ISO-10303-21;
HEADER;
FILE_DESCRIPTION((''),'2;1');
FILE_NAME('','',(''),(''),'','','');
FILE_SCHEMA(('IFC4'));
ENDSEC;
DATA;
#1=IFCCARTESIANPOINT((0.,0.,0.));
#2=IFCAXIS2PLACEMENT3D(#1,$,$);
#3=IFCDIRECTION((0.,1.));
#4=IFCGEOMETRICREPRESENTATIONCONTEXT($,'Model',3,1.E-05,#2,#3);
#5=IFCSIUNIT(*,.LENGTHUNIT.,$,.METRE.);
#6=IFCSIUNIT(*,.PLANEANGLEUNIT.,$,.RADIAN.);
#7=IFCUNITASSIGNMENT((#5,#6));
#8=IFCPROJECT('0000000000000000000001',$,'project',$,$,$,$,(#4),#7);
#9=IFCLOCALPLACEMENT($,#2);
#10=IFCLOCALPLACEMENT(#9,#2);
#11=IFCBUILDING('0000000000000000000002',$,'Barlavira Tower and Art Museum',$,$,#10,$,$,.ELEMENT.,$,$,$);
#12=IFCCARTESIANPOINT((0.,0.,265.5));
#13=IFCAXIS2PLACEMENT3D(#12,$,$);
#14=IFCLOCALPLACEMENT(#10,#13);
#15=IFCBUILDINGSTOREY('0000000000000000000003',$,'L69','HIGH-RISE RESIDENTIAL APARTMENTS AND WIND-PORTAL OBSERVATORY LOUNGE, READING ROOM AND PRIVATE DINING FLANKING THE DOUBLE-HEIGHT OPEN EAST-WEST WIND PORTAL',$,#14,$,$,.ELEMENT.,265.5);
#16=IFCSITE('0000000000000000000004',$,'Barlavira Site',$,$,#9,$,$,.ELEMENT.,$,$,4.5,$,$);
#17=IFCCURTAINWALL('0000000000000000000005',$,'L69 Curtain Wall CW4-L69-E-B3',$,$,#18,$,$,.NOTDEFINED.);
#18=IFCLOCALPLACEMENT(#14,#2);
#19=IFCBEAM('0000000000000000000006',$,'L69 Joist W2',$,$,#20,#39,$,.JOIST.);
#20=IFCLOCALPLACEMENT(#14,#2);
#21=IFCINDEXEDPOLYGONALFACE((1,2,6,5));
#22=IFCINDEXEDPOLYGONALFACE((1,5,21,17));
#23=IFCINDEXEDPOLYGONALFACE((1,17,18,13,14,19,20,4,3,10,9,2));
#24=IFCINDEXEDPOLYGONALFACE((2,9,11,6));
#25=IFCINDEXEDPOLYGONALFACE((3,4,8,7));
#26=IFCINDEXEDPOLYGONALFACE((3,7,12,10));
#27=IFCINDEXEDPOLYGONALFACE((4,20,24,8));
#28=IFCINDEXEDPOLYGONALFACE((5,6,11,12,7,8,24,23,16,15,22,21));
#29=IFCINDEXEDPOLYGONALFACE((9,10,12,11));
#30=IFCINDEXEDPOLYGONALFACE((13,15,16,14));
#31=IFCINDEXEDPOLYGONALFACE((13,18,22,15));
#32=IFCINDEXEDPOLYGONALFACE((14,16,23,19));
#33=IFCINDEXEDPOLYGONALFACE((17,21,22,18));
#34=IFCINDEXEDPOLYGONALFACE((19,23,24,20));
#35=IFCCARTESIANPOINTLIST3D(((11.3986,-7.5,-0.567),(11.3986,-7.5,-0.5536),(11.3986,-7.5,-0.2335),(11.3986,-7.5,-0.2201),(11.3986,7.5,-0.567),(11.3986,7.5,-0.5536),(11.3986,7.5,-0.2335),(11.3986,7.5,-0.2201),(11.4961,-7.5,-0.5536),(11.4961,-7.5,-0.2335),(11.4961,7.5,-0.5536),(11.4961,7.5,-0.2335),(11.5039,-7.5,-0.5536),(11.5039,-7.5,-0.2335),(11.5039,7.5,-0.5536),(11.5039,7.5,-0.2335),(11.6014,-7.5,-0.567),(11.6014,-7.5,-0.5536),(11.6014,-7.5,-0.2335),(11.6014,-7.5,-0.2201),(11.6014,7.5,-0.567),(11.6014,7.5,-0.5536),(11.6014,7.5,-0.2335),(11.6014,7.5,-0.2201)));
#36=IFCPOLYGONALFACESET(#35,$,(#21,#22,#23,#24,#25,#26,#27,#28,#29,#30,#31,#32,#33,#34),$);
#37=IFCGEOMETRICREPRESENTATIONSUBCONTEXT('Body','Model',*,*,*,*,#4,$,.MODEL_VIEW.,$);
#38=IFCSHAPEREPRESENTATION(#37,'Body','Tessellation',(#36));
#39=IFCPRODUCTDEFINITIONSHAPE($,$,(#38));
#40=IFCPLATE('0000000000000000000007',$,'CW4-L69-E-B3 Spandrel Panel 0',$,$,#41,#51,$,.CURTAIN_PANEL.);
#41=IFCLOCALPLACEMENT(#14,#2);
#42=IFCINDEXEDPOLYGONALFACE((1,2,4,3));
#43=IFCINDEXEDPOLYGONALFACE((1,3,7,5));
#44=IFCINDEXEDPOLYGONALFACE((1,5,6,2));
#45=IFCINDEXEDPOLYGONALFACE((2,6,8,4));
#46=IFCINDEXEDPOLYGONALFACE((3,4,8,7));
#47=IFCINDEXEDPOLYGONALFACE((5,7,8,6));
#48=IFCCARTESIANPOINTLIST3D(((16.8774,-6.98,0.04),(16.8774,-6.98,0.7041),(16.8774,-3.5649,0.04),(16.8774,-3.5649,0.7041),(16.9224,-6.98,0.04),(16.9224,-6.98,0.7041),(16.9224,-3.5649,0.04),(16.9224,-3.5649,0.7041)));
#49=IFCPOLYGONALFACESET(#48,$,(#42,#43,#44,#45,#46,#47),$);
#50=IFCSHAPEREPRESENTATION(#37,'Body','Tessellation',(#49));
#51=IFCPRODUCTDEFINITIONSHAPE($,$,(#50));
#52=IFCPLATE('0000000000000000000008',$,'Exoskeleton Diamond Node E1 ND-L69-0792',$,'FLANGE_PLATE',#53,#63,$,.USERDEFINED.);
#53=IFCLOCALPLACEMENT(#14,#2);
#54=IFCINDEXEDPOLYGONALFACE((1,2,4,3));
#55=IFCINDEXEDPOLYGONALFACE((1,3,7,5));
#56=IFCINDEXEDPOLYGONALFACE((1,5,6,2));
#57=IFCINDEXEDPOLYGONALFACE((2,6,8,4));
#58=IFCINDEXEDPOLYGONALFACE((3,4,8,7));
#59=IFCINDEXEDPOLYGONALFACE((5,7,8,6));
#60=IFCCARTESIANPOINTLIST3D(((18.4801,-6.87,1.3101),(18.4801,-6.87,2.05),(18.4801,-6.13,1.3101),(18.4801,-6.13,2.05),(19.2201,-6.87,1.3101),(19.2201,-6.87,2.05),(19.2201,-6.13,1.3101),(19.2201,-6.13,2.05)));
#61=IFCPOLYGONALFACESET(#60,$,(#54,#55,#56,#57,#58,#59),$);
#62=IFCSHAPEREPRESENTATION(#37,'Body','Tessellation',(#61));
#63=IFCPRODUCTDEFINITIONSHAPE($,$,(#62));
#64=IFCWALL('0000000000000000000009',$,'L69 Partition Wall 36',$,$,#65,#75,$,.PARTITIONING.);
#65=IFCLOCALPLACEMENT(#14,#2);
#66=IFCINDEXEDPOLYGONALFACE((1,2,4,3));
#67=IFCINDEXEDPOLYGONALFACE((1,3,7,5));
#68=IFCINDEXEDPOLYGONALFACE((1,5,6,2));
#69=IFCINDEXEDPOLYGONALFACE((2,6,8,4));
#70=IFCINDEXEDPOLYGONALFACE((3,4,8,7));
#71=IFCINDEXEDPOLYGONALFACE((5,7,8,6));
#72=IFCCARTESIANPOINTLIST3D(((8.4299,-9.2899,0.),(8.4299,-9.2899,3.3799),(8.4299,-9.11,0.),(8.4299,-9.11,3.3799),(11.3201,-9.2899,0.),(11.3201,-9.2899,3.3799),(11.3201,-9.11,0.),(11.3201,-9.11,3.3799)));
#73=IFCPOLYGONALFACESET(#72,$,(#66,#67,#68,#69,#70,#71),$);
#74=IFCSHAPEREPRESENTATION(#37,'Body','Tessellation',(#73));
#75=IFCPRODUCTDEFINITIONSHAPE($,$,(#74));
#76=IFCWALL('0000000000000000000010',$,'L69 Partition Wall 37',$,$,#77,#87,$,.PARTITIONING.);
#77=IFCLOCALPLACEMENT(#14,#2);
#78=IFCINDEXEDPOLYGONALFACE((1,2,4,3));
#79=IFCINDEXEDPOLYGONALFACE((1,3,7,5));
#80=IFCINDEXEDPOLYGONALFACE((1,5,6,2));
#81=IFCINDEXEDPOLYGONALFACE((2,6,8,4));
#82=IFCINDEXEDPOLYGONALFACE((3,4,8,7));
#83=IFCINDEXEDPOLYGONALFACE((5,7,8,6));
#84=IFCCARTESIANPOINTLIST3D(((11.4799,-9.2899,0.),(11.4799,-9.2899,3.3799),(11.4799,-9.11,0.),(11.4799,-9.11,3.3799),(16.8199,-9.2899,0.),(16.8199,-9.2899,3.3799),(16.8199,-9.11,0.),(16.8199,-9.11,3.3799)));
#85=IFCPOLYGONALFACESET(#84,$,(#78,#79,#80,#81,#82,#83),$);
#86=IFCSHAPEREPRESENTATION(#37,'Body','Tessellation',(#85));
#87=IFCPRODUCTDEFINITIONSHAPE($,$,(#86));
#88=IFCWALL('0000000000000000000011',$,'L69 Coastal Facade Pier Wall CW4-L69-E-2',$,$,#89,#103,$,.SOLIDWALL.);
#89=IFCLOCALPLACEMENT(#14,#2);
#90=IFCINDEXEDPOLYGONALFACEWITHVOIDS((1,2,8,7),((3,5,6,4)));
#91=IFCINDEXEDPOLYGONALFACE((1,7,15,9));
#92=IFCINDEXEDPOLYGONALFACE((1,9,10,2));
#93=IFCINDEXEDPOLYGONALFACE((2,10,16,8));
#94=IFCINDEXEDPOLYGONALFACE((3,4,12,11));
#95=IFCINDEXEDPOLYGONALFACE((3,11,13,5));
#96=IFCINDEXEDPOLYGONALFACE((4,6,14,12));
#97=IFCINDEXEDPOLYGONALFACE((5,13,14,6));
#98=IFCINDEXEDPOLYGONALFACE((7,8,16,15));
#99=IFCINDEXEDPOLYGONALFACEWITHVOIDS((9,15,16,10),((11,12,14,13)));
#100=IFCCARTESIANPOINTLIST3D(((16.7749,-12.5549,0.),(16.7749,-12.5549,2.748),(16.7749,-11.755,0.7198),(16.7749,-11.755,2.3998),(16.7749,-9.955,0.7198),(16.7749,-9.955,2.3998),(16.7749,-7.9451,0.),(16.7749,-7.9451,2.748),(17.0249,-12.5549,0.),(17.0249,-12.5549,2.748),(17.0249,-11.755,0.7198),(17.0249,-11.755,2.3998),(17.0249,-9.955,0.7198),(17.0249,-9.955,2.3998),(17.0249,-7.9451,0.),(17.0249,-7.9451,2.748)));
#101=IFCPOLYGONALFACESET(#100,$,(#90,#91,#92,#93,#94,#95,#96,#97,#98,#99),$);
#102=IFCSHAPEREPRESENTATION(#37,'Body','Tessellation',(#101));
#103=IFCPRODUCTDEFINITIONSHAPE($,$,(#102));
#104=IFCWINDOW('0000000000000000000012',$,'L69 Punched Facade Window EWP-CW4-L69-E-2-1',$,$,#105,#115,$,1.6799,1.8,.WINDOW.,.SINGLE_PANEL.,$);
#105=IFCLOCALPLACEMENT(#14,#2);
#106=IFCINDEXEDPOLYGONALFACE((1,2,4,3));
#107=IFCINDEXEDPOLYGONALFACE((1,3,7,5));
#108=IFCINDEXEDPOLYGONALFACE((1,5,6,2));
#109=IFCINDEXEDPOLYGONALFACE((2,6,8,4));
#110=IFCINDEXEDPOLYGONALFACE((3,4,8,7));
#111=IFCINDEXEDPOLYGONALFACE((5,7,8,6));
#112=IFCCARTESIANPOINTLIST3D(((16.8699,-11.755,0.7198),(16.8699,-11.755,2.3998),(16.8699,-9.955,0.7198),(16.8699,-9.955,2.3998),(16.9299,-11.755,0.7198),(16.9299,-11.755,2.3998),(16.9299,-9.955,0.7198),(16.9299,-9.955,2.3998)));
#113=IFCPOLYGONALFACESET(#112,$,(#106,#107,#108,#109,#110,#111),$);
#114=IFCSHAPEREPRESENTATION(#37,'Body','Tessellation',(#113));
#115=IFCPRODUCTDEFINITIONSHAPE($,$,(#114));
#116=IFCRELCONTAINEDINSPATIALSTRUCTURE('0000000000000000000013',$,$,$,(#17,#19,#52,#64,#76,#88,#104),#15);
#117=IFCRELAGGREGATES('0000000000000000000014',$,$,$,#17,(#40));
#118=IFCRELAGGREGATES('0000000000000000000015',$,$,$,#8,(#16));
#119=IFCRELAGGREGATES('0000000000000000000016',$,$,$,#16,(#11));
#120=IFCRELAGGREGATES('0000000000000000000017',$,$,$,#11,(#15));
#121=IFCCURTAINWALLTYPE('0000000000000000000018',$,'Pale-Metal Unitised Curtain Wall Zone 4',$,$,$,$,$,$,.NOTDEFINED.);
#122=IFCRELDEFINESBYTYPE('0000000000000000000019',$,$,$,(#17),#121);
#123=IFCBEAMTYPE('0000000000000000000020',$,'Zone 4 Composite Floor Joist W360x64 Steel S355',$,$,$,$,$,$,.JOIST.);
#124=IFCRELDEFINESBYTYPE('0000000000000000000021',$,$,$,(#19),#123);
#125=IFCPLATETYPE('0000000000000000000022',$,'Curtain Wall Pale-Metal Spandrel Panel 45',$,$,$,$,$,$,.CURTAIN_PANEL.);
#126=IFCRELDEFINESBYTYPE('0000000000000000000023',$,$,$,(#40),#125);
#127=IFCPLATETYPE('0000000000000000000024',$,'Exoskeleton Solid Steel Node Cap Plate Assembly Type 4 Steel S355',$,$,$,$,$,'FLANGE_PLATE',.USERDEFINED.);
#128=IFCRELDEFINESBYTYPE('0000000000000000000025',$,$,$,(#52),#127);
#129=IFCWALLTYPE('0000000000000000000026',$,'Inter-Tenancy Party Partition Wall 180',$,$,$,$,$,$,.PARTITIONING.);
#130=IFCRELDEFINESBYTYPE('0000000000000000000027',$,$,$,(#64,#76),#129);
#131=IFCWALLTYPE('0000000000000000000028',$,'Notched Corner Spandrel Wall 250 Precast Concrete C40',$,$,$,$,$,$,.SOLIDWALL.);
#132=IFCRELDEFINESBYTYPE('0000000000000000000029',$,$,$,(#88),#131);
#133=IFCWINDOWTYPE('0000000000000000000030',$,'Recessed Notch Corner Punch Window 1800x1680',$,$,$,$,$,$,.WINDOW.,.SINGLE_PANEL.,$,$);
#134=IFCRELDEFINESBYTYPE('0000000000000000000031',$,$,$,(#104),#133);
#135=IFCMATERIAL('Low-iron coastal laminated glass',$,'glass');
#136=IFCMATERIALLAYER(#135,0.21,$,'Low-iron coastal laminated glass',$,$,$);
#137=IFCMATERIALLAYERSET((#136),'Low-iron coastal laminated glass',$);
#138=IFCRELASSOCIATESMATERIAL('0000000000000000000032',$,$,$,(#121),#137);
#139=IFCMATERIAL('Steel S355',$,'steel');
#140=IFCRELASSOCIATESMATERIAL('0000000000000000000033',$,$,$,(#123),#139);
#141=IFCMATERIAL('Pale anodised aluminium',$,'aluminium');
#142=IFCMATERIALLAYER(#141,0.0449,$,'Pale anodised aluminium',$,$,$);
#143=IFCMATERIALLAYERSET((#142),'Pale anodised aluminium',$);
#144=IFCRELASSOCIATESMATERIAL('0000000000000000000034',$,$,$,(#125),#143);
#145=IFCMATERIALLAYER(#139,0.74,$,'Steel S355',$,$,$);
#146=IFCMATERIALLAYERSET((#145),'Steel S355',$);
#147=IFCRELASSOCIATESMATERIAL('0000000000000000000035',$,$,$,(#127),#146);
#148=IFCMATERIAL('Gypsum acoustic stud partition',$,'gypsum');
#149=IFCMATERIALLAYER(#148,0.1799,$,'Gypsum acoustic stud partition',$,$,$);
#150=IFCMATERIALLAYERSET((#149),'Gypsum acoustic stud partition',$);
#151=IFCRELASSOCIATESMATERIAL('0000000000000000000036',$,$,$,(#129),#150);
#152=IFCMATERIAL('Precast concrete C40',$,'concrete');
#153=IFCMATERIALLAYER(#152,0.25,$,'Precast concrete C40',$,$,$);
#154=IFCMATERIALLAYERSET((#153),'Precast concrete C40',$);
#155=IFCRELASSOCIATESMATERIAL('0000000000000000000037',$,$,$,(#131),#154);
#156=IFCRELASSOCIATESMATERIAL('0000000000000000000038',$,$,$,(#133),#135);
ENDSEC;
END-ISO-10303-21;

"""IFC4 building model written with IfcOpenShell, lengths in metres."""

from ifc_helpers import new_model, si_unit, direction, frame, frame_2d, origin, origin_2d, place, context, subcontext, project, spatial, rectangle, i_section, extrude, material, layer, layer_set, material_profile, profile_set, type_object, element, fill, aggregate, save


model = new_model("IFC4")

# Units and contexts
model_context = context("Model", 3, precision=1e-05, world=origin(), true_north=direction((0.0, 1.0)))
body_context = subcontext(model_context, "Body", "Model", "MODEL_VIEW")
ifc_project = project(units=[si_unit("LENGTHUNIT", "METRE"), si_unit("PLANEANGLEUNIT", "RADIAN")], contexts=[model_context])

# Site, building, storey
site_placement = place(None, origin())
site = spatial("IfcSite", under=ifc_project, at=site_placement, Name="Barlavira Site", CompositionType="ELEMENT", RefElevation=4.5)
building_placement = place(site_placement, origin())
building = spatial("IfcBuilding", under=site, at=building_placement, Name="Barlavira Tower and Art Museum", CompositionType="ELEMENT")
storey_placement = place(building_placement, frame((0.0, 0.0, 265.5)))
storey = spatial("IfcBuildingStorey", under=building, at=storey_placement, Name="L69", Description="HIGH-RISE RESIDENTIAL APARTMENTS AND WIND-PORTAL OBSERVATORY LOUNGE, READING ROOM AND PRIVATE DINING FLANKING THE DOUBLE-HEIGHT OPEN EAST-WEST WIND PORTAL", CompositionType="ELEMENT", Elevation=265.5)

# Shared definitions
ifc_material_1 = material(Name="Steel S355", Category="steel")

# Curtain wall
ifc_material_2 = material(Name="Low-iron coastal laminated glass", Category="glass")
ifc_layer_1 = layer(ifc_material_2, 0.21, Name="Low-iron coastal laminated glass")
ifc_layer_set_1 = layer_set([ifc_layer_1], Name="Low-iron coastal laminated glass")
curtain_wall_type = type_object("IfcCurtainWallType", Name="Pale-Metal Unitised Curtain Wall Zone 4", PredefinedType="NOTDEFINED", material=ifc_layer_set_1)
curtain_wall_placement = place(storey_placement, origin())
curtain_wall = element("IfcCurtainWall", 1, at=curtain_wall_placement, inside=storey, type_object=curtain_wall_type, Name="L69 Curtain Wall CW4-L69-E-B3", PredefinedType="NOTDEFINED")
ifc_material_3 = material(Name="Pale anodised aluminium", Category="aluminium")

# Beam
ifc_material_profile_1 = material_profile(ifc_material_1, i_section(OverallWidth=0.2029, OverallDepth=0.3469, WebThickness=0.0078, FlangeThickness=0.0134, at=origin_2d()), Name="W360x64.0")
ifc_profile_set_1 = profile_set([ifc_material_profile_1], Name="Steel S355")
beam_type_1 = type_object("IfcBeamType", Name="Zone 4 Composite Floor Joist W360x64 Steel S355", PredefinedType="JOIST", material=ifc_profile_set_1)
beam_1_placement = place(storey_placement, frame((11.5, -7.5, -0.3936), z_axis=(0.0, 1.0, 0.0), x_axis=(-1.0, 0.0, 0.0)))
element("IfcBeam", 2, at=beam_1_placement, inside=storey, type_object=beam_type_1, Name="L69 Joist W2", PredefinedType="JOIST", context=body_context, shape_type="SweptSolid", body=[
    extrude(i_section(OverallWidth=0.2029, OverallDepth=0.3469, WebThickness=0.0078, FlangeThickness=0.0134, at=origin_2d()), origin(), (0.0, 0.0, 1.0), 15.0),
])

# Plates
ifc_layer_2 = layer(ifc_material_3, 0.0449, Name="Pale anodised aluminium")
ifc_layer_set_2 = layer_set([ifc_layer_2], Name="Pale anodised aluminium")
plate_type_1 = type_object("IfcPlateType", Name="Curtain Wall Pale-Metal Spandrel Panel 45", PredefinedType="CURTAIN_PANEL", material=ifc_layer_set_2)
plate_1_placement = place(storey_placement, frame((16.8999, -5.2725, 0.04), z_axis=(0.0, 0.0, 1.0), x_axis=(0.0, 1.0, 0.0)))
plate_1 = element("IfcPlate", 3, at=plate_1_placement, type_object=plate_type_1, Name="CW4-L69-E-B3 Spandrel Panel 0", PredefinedType="CURTAIN_PANEL", context=body_context, shape_type="SweptSolid", body=[
    extrude(rectangle(XDim=3.415, YDim=0.0449, at=origin_2d()), origin(), (0.0, 0.0, 1.0), 0.6641),
])
aggregate(curtain_wall, [plate_1])
ifc_layer_3 = layer(ifc_material_1, 0.74, Name="Steel S355")
ifc_layer_set_3 = layer_set([ifc_layer_3], Name="Steel S355")
plate_type_2 = type_object("IfcPlateType", Name="Exoskeleton Solid Steel Node Cap Plate Assembly Type 4 Steel S355", ElementType="FLANGE_PLATE", PredefinedType="USERDEFINED", material=ifc_layer_set_3)
plate_2_placement = place(storey_placement, frame((18.8501, -6.5, 1.3101), z_axis=(0.0, 0.0, 1.0), x_axis=(1.0, 0.0, 0.0)))
element("IfcPlate", 4, at=plate_2_placement, inside=storey, type_object=plate_type_2, Name="Exoskeleton Diamond Node E1 ND-L69-0792", ObjectType="FLANGE_PLATE", PredefinedType="USERDEFINED", context=body_context, shape_type="SweptSolid", body=[
    extrude(rectangle(XDim=0.74, YDim=0.74, at=origin_2d()), origin(), (0.0, 0.0, 1.0), 0.74),
])

# Shared definitions
ifc_material_4 = material(Name="Gypsum acoustic stud partition", Category="gypsum")
ifc_layer_4 = layer(ifc_material_4, 0.1799, Name="Gypsum acoustic stud partition")
ifc_layer_set_4 = layer_set([ifc_layer_4], Name="Gypsum acoustic stud partition")
wall_type_1 = type_object("IfcWallType", Name="Inter-Tenancy Party Partition Wall 180", PredefinedType="PARTITIONING", material=ifc_layer_set_4)

# Walls
wall_1_placement = place(storey_placement, frame((8.4299, -9.2, 0.0), z_axis=(0.0, 0.0, 1.0), x_axis=(1.0, 0.0, 0.0)))
element("IfcWall", 5, at=wall_1_placement, inside=storey, type_object=wall_type_1, Name="L69 Partition Wall 36", PredefinedType="PARTITIONING", context=body_context, shape_type="SweptSolid", body=[
    extrude(rectangle(XDim=2.8901, YDim=0.1799, at=frame_2d((1.4451, 0.0))), origin(), (0.0, 0.0, 1.0), 3.3799),
])
wall_2_placement = place(storey_placement, frame((11.48, -9.2, 0.0), z_axis=(0.0, 0.0, 1.0), x_axis=(1.0, 0.0, 0.0)))
element("IfcWall", 6, at=wall_2_placement, inside=storey, type_object=wall_type_1, Name="L69 Partition Wall 37", PredefinedType="PARTITIONING", context=body_context, shape_type="SweptSolid", body=[
    extrude(rectangle(XDim=5.3401, YDim=0.1799, at=frame_2d((2.6699, 0.0))), origin(), (0.0, 0.0, 1.0), 3.3799),
])

# Wall, opening, window
ifc_material_5 = material(Name="Precast concrete C40", Category="concrete")
ifc_layer_5 = layer(ifc_material_5, 0.25, Name="Precast concrete C40")
ifc_layer_set_5 = layer_set([ifc_layer_5], Name="Precast concrete C40")
wall_type_2 = type_object("IfcWallType", Name="Notched Corner Spandrel Wall 250 Precast Concrete C40", PredefinedType="SOLIDWALL", material=ifc_layer_set_5)
wall_3_placement = place(storey_placement, frame((16.8999, -12.5549, 0.0), z_axis=(0.0, 0.0, 1.0), x_axis=(0.0, 1.0, 0.0)))
wall_3 = element("IfcWall", 7, at=wall_3_placement, inside=storey, type_object=wall_type_2, Name="L69 Coastal Facade Pier Wall CW4-L69-E-2", PredefinedType="SOLIDWALL", context=body_context, shape_type="SweptSolid", body=[
    extrude(rectangle(XDim=4.6099, YDim=0.25, at=frame_2d((2.3049, 0.0))), origin(), (0.0, 0.0, 1.0), 2.748),
])
opening_1_placement = place(wall_3_placement, frame((0.8, 0.0, 0.72)))
opening_1 = element("IfcOpeningElement", 8, at=opening_1_placement, cuts=wall_3, PredefinedType="OPENING", context=body_context, shape_type="SweptSolid", body=[
    extrude(rectangle(XDim=1.8, YDim=1.6799, at=frame_2d((0.8999, 0.8398))), frame((0.0, 0.135, 0.0), z_axis=(0.0, -1.0, 0.0), x_axis=(1.0, 0.0, 0.0)), (0.0, 0.0, 1.0), 0.27),
])
window_type = type_object("IfcWindowType", Name="Recessed Notch Corner Punch Window 1800x1680", PartitioningType="SINGLE_PANEL", PredefinedType="WINDOW", material=ifc_material_2)
window_placement = place(opening_1_placement, origin())
window = element("IfcWindow", 9, at=window_placement, inside=storey, type_object=window_type, Name="L69 Punched Facade Window EWP-CW4-L69-E-2-1", OverallHeight=1.6799, OverallWidth=1.8, PartitioningType="SINGLE_PANEL", PredefinedType="WINDOW", context=body_context, shape_type="SweptSolid", body=[
    extrude(rectangle(XDim=1.8, YDim=1.6799, at=frame_2d((0.8999, 0.8398))), frame((0.0, 0.03, 0.0), z_axis=(0.0, -1.0, 0.0), x_axis=(1.0, 0.0, 0.0)), (0.0, 0.0, 1.0), 0.0601),
])
fill(opening_1, window)

save(model, "model.ifc")
